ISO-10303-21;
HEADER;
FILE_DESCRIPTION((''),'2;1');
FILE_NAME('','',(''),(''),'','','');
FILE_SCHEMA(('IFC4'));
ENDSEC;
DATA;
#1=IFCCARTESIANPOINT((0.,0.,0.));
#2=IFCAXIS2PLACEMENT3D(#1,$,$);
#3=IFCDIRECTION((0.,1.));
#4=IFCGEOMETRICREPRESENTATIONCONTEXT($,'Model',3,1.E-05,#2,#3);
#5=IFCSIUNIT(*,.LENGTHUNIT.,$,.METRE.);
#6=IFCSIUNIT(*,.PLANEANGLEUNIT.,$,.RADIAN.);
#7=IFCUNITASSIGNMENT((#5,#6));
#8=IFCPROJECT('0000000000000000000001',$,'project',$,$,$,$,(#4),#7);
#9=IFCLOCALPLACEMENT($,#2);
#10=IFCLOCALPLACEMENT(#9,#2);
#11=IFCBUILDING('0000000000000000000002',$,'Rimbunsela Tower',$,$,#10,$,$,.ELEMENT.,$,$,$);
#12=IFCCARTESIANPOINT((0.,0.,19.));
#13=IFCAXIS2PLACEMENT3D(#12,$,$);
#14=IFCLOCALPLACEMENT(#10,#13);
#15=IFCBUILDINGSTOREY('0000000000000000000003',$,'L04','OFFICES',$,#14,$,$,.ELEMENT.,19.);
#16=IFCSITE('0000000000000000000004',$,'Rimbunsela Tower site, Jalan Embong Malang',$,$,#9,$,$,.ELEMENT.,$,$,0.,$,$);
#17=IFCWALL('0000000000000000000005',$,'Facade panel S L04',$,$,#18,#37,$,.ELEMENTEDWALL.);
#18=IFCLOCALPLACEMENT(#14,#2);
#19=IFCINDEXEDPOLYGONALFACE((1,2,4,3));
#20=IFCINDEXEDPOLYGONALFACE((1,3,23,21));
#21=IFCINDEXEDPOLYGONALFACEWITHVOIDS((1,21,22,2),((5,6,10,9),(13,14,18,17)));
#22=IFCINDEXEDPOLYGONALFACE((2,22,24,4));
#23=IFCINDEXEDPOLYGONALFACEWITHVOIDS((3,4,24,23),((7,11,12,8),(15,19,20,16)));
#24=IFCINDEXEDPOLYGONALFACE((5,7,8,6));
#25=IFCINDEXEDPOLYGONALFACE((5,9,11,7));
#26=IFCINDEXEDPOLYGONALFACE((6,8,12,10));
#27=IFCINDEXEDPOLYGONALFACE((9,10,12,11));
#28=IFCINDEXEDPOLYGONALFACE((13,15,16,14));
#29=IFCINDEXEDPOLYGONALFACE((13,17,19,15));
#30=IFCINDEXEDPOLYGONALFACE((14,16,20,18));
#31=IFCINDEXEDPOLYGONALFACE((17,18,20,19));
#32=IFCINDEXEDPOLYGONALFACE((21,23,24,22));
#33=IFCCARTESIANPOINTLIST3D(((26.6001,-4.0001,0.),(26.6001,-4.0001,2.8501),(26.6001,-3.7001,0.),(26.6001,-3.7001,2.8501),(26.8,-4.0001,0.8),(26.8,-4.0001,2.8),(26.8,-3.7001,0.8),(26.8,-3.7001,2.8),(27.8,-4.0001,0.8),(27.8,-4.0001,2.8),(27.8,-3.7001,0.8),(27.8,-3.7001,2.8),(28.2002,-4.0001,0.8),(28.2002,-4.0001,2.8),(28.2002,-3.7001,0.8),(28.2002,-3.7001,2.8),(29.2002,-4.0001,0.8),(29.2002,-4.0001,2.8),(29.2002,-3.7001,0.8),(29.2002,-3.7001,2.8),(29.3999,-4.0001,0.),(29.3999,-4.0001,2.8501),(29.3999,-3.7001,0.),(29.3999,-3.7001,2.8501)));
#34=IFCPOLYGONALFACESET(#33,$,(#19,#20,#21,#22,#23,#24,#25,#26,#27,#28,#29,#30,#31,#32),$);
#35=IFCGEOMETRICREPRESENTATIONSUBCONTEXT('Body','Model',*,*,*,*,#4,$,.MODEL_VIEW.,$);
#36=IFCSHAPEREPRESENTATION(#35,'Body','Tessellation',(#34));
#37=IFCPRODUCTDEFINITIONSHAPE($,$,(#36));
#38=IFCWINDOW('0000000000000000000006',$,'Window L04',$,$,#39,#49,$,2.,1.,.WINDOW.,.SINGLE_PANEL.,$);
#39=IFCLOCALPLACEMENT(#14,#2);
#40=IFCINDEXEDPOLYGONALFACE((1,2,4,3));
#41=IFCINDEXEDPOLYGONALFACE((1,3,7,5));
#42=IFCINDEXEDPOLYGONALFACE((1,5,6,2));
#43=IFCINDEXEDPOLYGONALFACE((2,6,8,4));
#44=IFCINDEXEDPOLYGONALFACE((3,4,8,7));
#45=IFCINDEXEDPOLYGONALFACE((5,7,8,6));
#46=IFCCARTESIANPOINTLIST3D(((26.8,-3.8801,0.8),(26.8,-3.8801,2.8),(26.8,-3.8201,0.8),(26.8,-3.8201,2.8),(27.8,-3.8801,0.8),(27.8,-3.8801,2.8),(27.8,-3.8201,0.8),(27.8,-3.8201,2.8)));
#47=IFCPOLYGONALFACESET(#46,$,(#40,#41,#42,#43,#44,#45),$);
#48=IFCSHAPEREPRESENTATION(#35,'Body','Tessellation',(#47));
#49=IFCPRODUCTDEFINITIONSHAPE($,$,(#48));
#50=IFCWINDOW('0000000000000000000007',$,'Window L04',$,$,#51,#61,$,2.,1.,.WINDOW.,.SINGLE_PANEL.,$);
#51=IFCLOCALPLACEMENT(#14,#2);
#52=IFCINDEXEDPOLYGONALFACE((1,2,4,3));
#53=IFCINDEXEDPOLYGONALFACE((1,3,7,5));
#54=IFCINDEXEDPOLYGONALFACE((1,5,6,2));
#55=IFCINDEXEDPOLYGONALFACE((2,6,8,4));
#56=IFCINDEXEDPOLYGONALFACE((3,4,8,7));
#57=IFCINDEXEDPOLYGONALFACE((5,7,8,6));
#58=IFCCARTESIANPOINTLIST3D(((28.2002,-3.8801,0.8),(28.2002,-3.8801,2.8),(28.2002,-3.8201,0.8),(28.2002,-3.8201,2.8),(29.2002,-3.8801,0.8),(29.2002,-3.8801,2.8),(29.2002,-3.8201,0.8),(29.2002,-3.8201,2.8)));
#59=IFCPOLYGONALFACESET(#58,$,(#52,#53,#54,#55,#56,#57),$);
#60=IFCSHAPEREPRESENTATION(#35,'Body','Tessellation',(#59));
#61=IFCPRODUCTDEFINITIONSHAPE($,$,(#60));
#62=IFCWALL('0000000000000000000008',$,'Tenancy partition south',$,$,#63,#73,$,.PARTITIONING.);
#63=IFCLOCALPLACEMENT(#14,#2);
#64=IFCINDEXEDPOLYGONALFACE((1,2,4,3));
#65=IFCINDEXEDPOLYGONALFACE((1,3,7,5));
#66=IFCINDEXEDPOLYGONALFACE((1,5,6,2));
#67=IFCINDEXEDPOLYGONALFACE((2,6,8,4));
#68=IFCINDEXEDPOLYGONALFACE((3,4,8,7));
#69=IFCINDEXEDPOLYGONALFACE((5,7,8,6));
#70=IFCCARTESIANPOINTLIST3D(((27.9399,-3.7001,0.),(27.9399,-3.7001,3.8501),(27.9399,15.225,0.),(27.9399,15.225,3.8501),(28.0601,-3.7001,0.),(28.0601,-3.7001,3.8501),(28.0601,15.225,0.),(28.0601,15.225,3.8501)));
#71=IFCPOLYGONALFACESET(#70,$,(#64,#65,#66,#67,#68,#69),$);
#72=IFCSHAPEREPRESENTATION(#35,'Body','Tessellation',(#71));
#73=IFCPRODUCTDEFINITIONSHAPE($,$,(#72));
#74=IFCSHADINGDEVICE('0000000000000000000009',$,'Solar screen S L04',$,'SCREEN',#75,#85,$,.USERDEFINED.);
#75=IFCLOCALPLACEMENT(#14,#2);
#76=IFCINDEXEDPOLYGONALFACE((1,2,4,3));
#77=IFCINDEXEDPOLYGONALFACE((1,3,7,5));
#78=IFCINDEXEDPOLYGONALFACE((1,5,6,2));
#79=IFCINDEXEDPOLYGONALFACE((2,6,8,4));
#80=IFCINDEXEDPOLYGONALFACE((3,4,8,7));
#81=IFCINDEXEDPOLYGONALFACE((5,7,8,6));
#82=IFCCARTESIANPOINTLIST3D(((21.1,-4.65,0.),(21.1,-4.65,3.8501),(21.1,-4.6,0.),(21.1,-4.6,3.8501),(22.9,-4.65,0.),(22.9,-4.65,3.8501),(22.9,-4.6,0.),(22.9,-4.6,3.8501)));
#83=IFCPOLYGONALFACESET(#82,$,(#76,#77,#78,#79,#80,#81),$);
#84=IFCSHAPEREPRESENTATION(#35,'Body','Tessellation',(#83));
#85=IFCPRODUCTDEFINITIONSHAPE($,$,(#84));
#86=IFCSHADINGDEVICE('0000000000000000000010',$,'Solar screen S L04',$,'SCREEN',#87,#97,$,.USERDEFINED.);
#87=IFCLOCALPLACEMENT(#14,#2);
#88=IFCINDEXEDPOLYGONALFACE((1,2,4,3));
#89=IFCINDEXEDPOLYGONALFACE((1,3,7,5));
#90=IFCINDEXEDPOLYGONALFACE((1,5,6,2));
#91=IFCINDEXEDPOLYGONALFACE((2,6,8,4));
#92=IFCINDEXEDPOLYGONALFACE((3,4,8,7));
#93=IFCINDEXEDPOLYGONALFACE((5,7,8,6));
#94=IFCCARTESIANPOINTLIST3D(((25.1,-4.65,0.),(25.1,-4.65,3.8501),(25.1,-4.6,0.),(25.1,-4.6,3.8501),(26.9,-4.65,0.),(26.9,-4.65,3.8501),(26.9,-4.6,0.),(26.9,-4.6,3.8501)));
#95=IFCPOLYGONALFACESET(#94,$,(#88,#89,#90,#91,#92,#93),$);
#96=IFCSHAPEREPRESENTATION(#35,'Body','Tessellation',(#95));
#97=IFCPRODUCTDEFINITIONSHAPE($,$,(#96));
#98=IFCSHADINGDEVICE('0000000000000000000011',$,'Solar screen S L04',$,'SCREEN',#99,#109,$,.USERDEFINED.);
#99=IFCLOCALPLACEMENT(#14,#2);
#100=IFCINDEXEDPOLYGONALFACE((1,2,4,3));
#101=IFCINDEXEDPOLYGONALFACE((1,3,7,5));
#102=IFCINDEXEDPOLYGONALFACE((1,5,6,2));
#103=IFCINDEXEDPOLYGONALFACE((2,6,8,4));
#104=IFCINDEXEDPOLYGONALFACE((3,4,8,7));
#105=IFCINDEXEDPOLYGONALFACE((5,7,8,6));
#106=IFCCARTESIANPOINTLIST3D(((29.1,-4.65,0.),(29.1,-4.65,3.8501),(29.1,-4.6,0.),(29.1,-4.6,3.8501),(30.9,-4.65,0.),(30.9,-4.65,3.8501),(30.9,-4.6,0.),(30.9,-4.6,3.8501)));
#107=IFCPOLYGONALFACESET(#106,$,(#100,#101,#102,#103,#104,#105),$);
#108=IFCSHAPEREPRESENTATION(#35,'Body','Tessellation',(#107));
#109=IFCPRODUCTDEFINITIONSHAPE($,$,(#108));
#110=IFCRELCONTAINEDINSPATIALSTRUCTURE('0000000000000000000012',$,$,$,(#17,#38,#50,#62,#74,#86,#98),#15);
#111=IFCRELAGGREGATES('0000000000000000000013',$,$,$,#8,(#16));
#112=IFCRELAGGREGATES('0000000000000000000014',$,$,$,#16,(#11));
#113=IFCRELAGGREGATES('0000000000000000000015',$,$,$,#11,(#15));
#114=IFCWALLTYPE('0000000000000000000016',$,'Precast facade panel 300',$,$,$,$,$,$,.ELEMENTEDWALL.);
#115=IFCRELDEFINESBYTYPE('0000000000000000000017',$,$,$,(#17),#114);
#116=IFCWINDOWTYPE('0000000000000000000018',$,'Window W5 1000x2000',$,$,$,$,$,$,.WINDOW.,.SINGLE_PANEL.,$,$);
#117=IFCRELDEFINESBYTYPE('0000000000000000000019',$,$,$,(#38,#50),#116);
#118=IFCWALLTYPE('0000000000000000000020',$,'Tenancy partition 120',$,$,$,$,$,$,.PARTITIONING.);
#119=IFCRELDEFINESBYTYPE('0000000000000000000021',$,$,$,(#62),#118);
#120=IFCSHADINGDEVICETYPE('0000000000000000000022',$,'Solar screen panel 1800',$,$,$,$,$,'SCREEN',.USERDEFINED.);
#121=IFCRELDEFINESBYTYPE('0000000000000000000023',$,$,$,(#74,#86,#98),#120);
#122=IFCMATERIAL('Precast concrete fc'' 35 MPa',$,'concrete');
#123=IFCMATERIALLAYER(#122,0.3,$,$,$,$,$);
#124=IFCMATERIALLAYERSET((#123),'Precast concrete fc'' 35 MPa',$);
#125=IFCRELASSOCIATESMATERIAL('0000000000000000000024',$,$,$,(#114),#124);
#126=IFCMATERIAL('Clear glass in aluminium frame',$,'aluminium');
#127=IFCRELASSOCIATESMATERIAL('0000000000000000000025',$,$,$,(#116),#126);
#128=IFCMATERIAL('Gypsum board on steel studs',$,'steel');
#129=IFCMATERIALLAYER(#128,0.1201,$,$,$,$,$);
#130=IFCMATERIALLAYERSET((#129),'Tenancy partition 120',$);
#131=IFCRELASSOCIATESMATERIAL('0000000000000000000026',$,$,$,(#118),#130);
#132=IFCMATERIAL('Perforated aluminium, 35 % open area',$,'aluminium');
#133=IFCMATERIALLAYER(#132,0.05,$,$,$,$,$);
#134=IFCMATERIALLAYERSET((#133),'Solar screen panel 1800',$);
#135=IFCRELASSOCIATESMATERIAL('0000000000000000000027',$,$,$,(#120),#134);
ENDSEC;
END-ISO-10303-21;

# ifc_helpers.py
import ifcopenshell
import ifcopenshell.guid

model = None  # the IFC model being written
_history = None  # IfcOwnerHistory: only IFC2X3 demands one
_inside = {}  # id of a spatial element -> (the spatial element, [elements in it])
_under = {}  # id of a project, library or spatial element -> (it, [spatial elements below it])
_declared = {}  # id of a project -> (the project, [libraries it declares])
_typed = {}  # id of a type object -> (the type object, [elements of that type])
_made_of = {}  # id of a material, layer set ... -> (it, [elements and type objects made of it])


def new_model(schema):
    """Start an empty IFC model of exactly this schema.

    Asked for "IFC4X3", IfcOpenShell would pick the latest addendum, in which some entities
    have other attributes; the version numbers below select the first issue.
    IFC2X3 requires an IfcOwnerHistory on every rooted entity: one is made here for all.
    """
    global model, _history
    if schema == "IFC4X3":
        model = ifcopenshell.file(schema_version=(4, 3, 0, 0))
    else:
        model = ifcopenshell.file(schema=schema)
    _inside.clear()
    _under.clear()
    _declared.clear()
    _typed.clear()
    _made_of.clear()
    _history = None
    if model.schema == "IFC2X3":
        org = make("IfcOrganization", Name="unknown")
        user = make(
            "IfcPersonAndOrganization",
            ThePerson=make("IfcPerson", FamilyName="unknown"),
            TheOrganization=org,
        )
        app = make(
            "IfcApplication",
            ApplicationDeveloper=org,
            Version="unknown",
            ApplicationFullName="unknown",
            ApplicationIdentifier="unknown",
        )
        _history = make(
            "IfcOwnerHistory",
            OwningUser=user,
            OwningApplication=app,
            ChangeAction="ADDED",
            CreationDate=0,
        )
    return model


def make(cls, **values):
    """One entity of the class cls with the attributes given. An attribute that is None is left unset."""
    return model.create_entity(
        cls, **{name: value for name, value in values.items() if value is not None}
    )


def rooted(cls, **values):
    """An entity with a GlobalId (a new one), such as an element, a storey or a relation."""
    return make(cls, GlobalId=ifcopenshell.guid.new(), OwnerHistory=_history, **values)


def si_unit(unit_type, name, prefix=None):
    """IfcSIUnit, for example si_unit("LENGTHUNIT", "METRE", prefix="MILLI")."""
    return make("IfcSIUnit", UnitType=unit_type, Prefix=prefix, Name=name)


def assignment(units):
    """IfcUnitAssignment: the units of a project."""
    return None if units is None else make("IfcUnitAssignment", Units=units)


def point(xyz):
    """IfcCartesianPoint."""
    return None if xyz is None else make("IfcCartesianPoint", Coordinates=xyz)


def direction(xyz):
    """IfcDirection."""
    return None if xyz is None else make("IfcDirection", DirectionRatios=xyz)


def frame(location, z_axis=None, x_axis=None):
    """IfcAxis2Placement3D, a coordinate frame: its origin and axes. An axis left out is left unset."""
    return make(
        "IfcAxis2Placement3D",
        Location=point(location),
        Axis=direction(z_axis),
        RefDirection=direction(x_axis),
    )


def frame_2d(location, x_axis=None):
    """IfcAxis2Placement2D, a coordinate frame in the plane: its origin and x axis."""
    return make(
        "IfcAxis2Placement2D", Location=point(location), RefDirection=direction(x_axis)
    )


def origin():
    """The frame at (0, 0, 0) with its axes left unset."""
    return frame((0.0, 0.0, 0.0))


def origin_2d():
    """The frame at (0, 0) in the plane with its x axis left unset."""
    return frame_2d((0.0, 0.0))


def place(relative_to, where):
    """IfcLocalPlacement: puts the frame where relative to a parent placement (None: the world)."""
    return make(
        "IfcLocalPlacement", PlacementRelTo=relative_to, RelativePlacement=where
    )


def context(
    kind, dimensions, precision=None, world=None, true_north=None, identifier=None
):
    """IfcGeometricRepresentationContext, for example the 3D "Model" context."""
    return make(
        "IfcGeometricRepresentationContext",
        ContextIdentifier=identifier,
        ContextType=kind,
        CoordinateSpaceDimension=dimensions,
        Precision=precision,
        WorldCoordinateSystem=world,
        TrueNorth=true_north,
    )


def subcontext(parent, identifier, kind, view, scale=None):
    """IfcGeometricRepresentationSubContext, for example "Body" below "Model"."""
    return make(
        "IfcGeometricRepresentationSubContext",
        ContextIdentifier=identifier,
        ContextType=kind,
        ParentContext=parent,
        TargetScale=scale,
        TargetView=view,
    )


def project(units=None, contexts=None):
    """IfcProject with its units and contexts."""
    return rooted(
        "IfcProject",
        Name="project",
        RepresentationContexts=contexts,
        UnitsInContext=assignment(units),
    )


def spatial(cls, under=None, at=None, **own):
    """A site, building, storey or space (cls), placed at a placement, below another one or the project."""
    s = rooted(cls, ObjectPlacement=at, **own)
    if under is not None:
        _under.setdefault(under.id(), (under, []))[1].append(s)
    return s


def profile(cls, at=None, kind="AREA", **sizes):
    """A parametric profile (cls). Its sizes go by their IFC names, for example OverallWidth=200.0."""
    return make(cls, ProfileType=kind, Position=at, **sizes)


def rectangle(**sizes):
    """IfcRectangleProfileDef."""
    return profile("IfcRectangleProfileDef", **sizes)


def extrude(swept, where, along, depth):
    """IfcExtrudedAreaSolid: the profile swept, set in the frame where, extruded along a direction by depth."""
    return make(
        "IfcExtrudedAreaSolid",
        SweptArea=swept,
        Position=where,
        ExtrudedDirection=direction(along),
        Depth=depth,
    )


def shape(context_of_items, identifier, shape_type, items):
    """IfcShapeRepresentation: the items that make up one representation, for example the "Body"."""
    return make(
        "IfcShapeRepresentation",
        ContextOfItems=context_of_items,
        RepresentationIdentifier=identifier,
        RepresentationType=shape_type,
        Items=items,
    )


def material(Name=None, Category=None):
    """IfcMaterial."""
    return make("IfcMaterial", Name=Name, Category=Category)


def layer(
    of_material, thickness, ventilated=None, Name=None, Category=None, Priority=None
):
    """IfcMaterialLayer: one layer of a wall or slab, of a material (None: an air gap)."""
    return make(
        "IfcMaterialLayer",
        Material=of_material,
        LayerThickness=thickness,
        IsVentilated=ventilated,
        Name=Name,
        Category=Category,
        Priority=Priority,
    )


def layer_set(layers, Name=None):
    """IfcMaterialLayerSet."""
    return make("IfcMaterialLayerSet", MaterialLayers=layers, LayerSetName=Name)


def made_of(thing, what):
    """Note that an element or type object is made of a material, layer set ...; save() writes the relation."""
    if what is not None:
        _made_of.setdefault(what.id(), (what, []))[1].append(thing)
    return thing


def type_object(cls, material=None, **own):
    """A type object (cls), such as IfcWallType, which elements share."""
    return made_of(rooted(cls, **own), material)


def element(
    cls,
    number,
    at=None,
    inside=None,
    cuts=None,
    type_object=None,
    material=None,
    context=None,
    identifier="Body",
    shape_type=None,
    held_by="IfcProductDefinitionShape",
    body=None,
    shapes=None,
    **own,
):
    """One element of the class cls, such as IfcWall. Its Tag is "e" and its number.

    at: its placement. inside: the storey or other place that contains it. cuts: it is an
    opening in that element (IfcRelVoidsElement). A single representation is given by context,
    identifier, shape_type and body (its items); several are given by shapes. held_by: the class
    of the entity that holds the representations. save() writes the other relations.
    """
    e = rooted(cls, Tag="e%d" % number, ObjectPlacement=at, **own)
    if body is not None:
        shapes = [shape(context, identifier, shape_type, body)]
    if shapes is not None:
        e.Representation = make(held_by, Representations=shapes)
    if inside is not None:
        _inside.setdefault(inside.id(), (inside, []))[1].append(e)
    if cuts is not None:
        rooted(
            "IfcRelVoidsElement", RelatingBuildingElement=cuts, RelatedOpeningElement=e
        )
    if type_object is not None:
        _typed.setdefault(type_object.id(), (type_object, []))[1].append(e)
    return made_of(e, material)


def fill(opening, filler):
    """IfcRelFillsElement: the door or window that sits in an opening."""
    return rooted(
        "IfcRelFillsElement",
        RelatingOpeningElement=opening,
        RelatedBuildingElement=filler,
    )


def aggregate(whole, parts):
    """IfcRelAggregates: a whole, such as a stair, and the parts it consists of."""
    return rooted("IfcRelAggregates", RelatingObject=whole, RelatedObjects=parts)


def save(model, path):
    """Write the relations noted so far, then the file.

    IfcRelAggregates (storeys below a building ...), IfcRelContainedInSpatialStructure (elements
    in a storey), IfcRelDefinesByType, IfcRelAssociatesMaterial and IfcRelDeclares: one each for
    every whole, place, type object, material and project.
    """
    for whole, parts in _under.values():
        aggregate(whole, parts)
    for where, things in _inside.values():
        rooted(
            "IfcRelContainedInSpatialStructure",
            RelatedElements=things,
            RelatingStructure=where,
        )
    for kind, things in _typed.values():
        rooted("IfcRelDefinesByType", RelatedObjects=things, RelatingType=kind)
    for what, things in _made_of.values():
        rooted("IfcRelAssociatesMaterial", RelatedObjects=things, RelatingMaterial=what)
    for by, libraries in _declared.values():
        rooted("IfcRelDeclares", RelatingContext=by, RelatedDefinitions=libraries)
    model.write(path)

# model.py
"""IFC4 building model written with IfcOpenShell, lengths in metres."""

from ifc_helpers import new_model, si_unit, direction, frame, frame_2d, origin, origin_2d, place, context, subcontext, project, spatial, rectangle, extrude, material, layer, layer_set, type_object, element, fill, save


model = new_model("IFC4")

# Units and contexts
model_context = context("Model", 3, precision=1e-05, world=origin(), true_north=direction((0.0, 1.0)))
body_context = subcontext(model_context, "Body", "Model", "MODEL_VIEW")
ifc_project = project(units=[si_unit("LENGTHUNIT", "METRE"), si_unit("PLANEANGLEUNIT", "RADIAN")], contexts=[model_context])

# Site, building, storey
site_placement = place(None, origin())
site = spatial("IfcSite", under=ifc_project, at=site_placement, Name="Rimbunsela Tower site, Jalan Embong Malang", CompositionType="ELEMENT", RefElevation=0.0)
building_placement = place(site_placement, origin())
building = spatial("IfcBuilding", under=site, at=building_placement, Name="Rimbunsela Tower", CompositionType="ELEMENT")
storey_placement = place(building_placement, frame((0.0, 0.0, 19.0)))
storey = spatial("IfcBuildingStorey", under=building, at=storey_placement, Name="L04", Description="OFFICES", CompositionType="ELEMENT", Elevation=19.0)

# Shared definitions
ifc_material_1 = material(Name="Precast concrete fc' 35 MPa", Category="concrete")
ifc_layer_1 = layer(ifc_material_1, 0.3)
ifc_layer_set_1 = layer_set([ifc_layer_1], Name="Precast concrete fc' 35 MPa")
wall_type_1 = type_object("IfcWallType", Name="Precast facade panel 300", PredefinedType="ELEMENTEDWALL", material=ifc_layer_set_1)

# Wall, openings, windows
wall_1_placement = place(storey_placement, frame((26.6001, -3.8501, 0.0), z_axis=(0.0, 0.0, 1.0), x_axis=(1.0, 0.0, 0.0)))
wall_1 = element("IfcWall", 1, at=wall_1_placement, inside=storey, type_object=wall_type_1, Name="Facade panel S L04", PredefinedType="ELEMENTEDWALL", context=body_context, shape_type="SweptSolid", body=[
    extrude(rectangle(XDim=2.7998, YDim=0.3, at=frame_2d((1.3999, 0.0))), origin(), (0.0, 0.0, 1.0), 2.8501),
])
opening_1_placement = place(wall_1_placement, frame((0.2, 0.0, 0.8)))
opening_1 = element("IfcOpeningElement", 2, at=opening_1_placement, cuts=wall_1, PredefinedType="OPENING", context=body_context, shape_type="SweptSolid", body=[
    extrude(rectangle(XDim=1.0, YDim=2.0, at=frame_2d((0.5, 1.0))), frame((0.0, 0.1599, 0.0), z_axis=(0.0, -1.0, 0.0), x_axis=(1.0, 0.0, 0.0)), (0.0, 0.0, 1.0), 0.3201),
])
opening_2_placement = place(wall_1_placement, frame((1.6001, 0.0, 0.8)))
opening_2 = element("IfcOpeningElement", 3, at=opening_2_placement, cuts=wall_1, PredefinedType="OPENING", context=body_context, shape_type="SweptSolid", body=[
    extrude(rectangle(XDim=1.0, YDim=2.0, at=frame_2d((0.5, 1.0))), frame((0.0, 0.1599, 0.0), z_axis=(0.0, -1.0, 0.0), x_axis=(1.0, 0.0, 0.0)), (0.0, 0.0, 1.0), 0.3201),
])
ifc_material_2 = material(Name="Clear glass in aluminium frame", Category="aluminium")
window_type_1 = type_object("IfcWindowType", Name="Window W5 1000x2000", PartitioningType="SINGLE_PANEL", PredefinedType="WINDOW", material=ifc_material_2)
window_1_placement = place(opening_1_placement, origin())
window_1 = element("IfcWindow", 4, at=window_1_placement, inside=storey, type_object=window_type_1, Name="Window L04", OverallHeight=2.0, OverallWidth=1.0, PartitioningType="SINGLE_PANEL", PredefinedType="WINDOW", context=body_context, shape_type="SweptSolid", body=[
    extrude(rectangle(XDim=1.0, YDim=2.0, at=frame_2d((0.5, 1.0))), frame((0.0, 0.03, 0.0), z_axis=(0.0, -1.0, 0.0), x_axis=(1.0, 0.0, 0.0)), (0.0, 0.0, 1.0), 0.0601),
])
fill(opening_1, window_1)
window_2_placement = place(opening_2_placement, origin())
window_2 = element("IfcWindow", 5, at=window_2_placement, inside=storey, type_object=window_type_1, Name="Window L04", OverallHeight=2.0, OverallWidth=1.0, PartitioningType="SINGLE_PANEL", PredefinedType="WINDOW", context=body_context, shape_type="SweptSolid", body=[
    extrude(rectangle(XDim=1.0, YDim=2.0, at=frame_2d((0.5, 1.0))), frame((0.0, 0.03, 0.0), z_axis=(0.0, -1.0, 0.0), x_axis=(1.0, 0.0, 0.0)), (0.0, 0.0, 1.0), 0.0601),
])
fill(opening_2, window_2)

# Wall
ifc_material_3 = material(Name="Gypsum board on steel studs", Category="steel")
ifc_layer_2 = layer(ifc_material_3, 0.1201)
ifc_layer_set_2 = layer_set([ifc_layer_2], Name="Tenancy partition 120")
wall_type_2 = type_object("IfcWallType", Name="Tenancy partition 120", PredefinedType="PARTITIONING", material=ifc_layer_set_2)
wall_2_placement = place(storey_placement, frame((28.0, -3.7, 0.0), z_axis=(0.0, 0.0, 1.0), x_axis=(0.0, 1.0, 0.0)))
element("IfcWall", 6, at=wall_2_placement, inside=storey, type_object=wall_type_2, Name="Tenancy partition south", PredefinedType="PARTITIONING", context=body_context, shape_type="SweptSolid", body=[
    extrude(rectangle(XDim=18.925, YDim=0.1201, at=frame_2d((9.4624, 0.0))), origin(), (0.0, 0.0, 1.0), 3.8501),
])

# Shading devices
ifc_material_4 = material(Name="Perforated aluminium, 35 % open area", Category="aluminium")
ifc_layer_3 = layer(ifc_material_4, 0.05)
ifc_layer_set_3 = layer_set([ifc_layer_3], Name="Solar screen panel 1800")
shading_device_type = type_object("IfcShadingDeviceType", Name="Solar screen panel 1800", ElementType="SCREEN", PredefinedType="USERDEFINED", material=ifc_layer_set_3)
for number, where, z_axis, x_axis, name in (
    (7, (22.0, -4.625, 0.0), (0.0, 0.0, 1.0), (1.0, 0.0, 0.0), "Solar screen S L04"),
    (8, (26.0, -4.625, 0.0), (0.0, 0.0, 1.0), (1.0, 0.0, 0.0), "Solar screen S L04"),
    (9, (30.0, -4.625, 0.0), (0.0, 0.0, 1.0), (1.0, 0.0, 0.0), "Solar screen S L04"),
):
    element("IfcShadingDevice", number, at=place(storey_placement, frame(where, z_axis=z_axis, x_axis=x_axis)), inside=storey, type_object=shading_device_type, Name=name, ObjectType="SCREEN", PredefinedType="USERDEFINED", context=body_context, shape_type="SweptSolid", body=[
        extrude(rectangle(XDim=1.8, YDim=0.05, at=origin_2d()), origin(), (0.0, 0.0, 1.0), 3.8501),
    ])

save(model, "model.ifc")
